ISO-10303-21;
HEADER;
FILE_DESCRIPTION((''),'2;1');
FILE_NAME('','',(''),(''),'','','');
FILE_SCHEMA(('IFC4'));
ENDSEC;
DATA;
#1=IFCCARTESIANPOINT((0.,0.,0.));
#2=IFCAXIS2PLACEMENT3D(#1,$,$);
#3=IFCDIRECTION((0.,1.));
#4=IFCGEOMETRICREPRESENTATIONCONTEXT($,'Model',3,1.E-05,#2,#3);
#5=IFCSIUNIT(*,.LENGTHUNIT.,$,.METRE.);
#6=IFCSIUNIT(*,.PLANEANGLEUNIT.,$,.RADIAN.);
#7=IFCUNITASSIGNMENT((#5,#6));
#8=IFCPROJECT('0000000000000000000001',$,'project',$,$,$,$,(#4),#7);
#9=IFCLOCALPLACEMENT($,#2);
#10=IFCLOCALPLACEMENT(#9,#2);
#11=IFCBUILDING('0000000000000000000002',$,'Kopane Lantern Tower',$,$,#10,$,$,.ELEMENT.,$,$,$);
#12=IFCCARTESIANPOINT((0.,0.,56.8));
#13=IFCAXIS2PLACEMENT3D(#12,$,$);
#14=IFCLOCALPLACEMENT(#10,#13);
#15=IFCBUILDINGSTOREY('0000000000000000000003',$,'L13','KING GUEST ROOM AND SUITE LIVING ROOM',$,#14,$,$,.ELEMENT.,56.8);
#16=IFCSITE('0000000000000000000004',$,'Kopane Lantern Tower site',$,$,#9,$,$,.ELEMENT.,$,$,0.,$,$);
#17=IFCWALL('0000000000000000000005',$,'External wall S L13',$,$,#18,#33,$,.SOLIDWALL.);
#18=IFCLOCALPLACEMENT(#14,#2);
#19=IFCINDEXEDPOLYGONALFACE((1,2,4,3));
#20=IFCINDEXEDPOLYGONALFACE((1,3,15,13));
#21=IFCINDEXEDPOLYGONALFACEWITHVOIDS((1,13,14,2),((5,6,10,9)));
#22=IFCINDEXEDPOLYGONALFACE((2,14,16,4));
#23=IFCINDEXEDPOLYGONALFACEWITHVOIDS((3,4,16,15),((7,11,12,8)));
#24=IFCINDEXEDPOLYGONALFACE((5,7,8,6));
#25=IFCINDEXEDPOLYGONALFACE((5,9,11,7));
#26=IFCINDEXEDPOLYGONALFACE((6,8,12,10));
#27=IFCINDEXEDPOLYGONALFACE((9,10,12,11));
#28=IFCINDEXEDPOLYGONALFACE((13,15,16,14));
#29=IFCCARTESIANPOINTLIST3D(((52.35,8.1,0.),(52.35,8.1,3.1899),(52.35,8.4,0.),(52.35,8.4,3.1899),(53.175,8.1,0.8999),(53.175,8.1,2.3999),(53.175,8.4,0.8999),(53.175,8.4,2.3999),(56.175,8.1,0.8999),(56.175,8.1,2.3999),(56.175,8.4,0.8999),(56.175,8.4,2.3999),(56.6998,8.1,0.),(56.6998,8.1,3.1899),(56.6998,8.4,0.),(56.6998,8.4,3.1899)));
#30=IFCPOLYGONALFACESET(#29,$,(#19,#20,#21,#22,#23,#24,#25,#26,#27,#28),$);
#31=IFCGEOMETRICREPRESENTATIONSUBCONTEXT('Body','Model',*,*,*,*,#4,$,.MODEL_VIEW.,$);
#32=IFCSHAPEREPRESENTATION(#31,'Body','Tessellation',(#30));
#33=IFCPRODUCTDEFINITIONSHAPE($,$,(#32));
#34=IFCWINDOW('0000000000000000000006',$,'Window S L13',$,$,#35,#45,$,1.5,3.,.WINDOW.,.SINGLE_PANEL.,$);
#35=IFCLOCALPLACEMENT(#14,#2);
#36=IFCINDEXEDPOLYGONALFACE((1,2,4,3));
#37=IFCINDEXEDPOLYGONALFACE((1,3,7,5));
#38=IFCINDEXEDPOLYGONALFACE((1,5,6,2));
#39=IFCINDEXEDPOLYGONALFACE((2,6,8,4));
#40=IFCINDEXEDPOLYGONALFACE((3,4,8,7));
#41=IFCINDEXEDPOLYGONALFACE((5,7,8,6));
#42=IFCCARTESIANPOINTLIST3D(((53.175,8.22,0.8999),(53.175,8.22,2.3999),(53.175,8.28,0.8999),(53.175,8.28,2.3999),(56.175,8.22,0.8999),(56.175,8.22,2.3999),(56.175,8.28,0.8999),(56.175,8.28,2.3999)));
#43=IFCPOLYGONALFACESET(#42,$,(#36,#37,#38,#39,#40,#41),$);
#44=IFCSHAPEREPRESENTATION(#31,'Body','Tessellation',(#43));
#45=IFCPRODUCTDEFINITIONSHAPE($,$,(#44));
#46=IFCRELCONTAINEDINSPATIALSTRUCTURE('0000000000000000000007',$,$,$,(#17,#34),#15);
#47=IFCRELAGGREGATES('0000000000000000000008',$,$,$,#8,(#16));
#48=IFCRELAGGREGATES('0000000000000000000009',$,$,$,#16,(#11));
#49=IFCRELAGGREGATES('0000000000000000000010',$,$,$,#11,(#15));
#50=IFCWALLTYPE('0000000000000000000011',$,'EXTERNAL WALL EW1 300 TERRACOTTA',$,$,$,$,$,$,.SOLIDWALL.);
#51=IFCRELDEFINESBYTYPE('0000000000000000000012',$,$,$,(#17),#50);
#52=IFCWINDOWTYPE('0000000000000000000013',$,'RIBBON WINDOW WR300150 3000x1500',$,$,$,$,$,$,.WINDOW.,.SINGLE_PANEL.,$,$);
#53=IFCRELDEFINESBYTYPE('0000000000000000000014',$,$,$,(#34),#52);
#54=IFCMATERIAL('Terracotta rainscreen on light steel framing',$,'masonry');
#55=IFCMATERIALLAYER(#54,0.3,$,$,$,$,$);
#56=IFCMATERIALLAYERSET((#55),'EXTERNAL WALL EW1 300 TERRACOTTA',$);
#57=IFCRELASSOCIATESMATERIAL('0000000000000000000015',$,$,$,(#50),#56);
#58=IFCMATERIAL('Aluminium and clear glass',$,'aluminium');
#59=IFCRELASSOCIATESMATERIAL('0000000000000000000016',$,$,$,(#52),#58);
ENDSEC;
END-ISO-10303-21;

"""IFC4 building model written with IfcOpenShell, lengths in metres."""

from ifc_helpers import new_model, si_unit, direction, frame, frame_2d, origin, place, context, subcontext, project, spatial, rectangle, extrude, material, layer, layer_set, type_object, element, fill, save


model = new_model("IFC4")

# Units and contexts
model_context = context("Model", 3, precision=1e-05, world=origin(), true_north=direction((0.0, 1.0)))
body_context = subcontext(model_context, "Body", "Model", "MODEL_VIEW")
ifc_project = project(units=[si_unit("LENGTHUNIT", "METRE"), si_unit("PLANEANGLEUNIT", "RADIAN")], contexts=[model_context])

# Site, building, storey
site_placement = place(None, origin())
site = spatial("IfcSite", under=ifc_project, at=site_placement, Name="Kopane Lantern Tower site", CompositionType="ELEMENT", RefElevation=0.0)
building_placement = place(site_placement, origin())
building = spatial("IfcBuilding", under=site, at=building_placement, Name="Kopane Lantern Tower", CompositionType="ELEMENT")
storey_placement = place(building_placement, frame((0.0, 0.0, 56.8)))
storey = spatial("IfcBuildingStorey", under=building, at=storey_placement, Name="L13", Description="KING GUEST ROOM AND SUITE LIVING ROOM", CompositionType="ELEMENT", Elevation=56.8)

# Wall, opening, window
ifc_material_1 = material(Name="Terracotta rainscreen on light steel framing", Category="masonry")
ifc_layer = layer(ifc_material_1, 0.3)
ifc_layer_set = layer_set([ifc_layer], Name="EXTERNAL WALL EW1 300 TERRACOTTA")
wall_type = type_object("IfcWallType", Name="EXTERNAL WALL EW1 300 TERRACOTTA", PredefinedType="SOLIDWALL", material=ifc_layer_set)
ifc_material_2 = material(Name="Aluminium and clear glass", Category="aluminium")
window_type_1 = type_object("IfcWindowType", Name="RIBBON WINDOW WR300150 3000x1500", PartitioningType="SINGLE_PANEL", PredefinedType="WINDOW", material=ifc_material_2)
wall_1_placement = place(storey_placement, frame((52.3501, 8.25, 0.0), z_axis=(0.0, 0.0, 1.0), x_axis=(1.0, 0.0, 0.0)))
wall_1 = element("IfcWall", 1, at=wall_1_placement, inside=storey, type_object=wall_type, Name="External wall S L13", PredefinedType="SOLIDWALL", context=body_context, shape_type="SweptSolid", body=[
    extrude(rectangle(XDim=4.3499, YDim=0.3, at=frame_2d((2.1748, 0.0))), origin(), (0.0, 0.0, 1.0), 3.1899),
])
opening_1_placement = place(wall_1_placement, frame((0.825, 0.0, 0.8999)))
opening_1 = element("IfcOpeningElement", 2, at=opening_1_placement, cuts=wall_1, PredefinedType="OPENING", context=body_context, shape_type="SweptSolid", body=[
    extrude(rectangle(XDim=3.0, YDim=1.5, at=frame_2d((1.5, 0.75))), frame((0.0, 0.1599, 0.0), z_axis=(0.0, -1.0, 0.0), x_axis=(1.0, 0.0, 0.0)), (0.0, 0.0, 1.0), 0.3201),
])
window_1_placement = place(opening_1_placement, origin())
window_1 = element("IfcWindow", 3, at=window_1_placement, inside=storey, type_object=window_type_1, Name="Window S L13", OverallHeight=1.5, OverallWidth=3.0, PartitioningType="SINGLE_PANEL", PredefinedType="WINDOW", context=body_context, shape_type="SweptSolid", body=[
    extrude(rectangle(XDim=3.0, YDim=1.5, at=frame_2d((1.5, 0.75))), frame((0.0, 0.03, 0.0), z_axis=(0.0, -1.0, 0.0), x_axis=(1.0, 0.0, 0.0)), (0.0, 0.0, 1.0), 0.0601),
])
fill(opening_1, window_1)

save(model, "model.ifc")
